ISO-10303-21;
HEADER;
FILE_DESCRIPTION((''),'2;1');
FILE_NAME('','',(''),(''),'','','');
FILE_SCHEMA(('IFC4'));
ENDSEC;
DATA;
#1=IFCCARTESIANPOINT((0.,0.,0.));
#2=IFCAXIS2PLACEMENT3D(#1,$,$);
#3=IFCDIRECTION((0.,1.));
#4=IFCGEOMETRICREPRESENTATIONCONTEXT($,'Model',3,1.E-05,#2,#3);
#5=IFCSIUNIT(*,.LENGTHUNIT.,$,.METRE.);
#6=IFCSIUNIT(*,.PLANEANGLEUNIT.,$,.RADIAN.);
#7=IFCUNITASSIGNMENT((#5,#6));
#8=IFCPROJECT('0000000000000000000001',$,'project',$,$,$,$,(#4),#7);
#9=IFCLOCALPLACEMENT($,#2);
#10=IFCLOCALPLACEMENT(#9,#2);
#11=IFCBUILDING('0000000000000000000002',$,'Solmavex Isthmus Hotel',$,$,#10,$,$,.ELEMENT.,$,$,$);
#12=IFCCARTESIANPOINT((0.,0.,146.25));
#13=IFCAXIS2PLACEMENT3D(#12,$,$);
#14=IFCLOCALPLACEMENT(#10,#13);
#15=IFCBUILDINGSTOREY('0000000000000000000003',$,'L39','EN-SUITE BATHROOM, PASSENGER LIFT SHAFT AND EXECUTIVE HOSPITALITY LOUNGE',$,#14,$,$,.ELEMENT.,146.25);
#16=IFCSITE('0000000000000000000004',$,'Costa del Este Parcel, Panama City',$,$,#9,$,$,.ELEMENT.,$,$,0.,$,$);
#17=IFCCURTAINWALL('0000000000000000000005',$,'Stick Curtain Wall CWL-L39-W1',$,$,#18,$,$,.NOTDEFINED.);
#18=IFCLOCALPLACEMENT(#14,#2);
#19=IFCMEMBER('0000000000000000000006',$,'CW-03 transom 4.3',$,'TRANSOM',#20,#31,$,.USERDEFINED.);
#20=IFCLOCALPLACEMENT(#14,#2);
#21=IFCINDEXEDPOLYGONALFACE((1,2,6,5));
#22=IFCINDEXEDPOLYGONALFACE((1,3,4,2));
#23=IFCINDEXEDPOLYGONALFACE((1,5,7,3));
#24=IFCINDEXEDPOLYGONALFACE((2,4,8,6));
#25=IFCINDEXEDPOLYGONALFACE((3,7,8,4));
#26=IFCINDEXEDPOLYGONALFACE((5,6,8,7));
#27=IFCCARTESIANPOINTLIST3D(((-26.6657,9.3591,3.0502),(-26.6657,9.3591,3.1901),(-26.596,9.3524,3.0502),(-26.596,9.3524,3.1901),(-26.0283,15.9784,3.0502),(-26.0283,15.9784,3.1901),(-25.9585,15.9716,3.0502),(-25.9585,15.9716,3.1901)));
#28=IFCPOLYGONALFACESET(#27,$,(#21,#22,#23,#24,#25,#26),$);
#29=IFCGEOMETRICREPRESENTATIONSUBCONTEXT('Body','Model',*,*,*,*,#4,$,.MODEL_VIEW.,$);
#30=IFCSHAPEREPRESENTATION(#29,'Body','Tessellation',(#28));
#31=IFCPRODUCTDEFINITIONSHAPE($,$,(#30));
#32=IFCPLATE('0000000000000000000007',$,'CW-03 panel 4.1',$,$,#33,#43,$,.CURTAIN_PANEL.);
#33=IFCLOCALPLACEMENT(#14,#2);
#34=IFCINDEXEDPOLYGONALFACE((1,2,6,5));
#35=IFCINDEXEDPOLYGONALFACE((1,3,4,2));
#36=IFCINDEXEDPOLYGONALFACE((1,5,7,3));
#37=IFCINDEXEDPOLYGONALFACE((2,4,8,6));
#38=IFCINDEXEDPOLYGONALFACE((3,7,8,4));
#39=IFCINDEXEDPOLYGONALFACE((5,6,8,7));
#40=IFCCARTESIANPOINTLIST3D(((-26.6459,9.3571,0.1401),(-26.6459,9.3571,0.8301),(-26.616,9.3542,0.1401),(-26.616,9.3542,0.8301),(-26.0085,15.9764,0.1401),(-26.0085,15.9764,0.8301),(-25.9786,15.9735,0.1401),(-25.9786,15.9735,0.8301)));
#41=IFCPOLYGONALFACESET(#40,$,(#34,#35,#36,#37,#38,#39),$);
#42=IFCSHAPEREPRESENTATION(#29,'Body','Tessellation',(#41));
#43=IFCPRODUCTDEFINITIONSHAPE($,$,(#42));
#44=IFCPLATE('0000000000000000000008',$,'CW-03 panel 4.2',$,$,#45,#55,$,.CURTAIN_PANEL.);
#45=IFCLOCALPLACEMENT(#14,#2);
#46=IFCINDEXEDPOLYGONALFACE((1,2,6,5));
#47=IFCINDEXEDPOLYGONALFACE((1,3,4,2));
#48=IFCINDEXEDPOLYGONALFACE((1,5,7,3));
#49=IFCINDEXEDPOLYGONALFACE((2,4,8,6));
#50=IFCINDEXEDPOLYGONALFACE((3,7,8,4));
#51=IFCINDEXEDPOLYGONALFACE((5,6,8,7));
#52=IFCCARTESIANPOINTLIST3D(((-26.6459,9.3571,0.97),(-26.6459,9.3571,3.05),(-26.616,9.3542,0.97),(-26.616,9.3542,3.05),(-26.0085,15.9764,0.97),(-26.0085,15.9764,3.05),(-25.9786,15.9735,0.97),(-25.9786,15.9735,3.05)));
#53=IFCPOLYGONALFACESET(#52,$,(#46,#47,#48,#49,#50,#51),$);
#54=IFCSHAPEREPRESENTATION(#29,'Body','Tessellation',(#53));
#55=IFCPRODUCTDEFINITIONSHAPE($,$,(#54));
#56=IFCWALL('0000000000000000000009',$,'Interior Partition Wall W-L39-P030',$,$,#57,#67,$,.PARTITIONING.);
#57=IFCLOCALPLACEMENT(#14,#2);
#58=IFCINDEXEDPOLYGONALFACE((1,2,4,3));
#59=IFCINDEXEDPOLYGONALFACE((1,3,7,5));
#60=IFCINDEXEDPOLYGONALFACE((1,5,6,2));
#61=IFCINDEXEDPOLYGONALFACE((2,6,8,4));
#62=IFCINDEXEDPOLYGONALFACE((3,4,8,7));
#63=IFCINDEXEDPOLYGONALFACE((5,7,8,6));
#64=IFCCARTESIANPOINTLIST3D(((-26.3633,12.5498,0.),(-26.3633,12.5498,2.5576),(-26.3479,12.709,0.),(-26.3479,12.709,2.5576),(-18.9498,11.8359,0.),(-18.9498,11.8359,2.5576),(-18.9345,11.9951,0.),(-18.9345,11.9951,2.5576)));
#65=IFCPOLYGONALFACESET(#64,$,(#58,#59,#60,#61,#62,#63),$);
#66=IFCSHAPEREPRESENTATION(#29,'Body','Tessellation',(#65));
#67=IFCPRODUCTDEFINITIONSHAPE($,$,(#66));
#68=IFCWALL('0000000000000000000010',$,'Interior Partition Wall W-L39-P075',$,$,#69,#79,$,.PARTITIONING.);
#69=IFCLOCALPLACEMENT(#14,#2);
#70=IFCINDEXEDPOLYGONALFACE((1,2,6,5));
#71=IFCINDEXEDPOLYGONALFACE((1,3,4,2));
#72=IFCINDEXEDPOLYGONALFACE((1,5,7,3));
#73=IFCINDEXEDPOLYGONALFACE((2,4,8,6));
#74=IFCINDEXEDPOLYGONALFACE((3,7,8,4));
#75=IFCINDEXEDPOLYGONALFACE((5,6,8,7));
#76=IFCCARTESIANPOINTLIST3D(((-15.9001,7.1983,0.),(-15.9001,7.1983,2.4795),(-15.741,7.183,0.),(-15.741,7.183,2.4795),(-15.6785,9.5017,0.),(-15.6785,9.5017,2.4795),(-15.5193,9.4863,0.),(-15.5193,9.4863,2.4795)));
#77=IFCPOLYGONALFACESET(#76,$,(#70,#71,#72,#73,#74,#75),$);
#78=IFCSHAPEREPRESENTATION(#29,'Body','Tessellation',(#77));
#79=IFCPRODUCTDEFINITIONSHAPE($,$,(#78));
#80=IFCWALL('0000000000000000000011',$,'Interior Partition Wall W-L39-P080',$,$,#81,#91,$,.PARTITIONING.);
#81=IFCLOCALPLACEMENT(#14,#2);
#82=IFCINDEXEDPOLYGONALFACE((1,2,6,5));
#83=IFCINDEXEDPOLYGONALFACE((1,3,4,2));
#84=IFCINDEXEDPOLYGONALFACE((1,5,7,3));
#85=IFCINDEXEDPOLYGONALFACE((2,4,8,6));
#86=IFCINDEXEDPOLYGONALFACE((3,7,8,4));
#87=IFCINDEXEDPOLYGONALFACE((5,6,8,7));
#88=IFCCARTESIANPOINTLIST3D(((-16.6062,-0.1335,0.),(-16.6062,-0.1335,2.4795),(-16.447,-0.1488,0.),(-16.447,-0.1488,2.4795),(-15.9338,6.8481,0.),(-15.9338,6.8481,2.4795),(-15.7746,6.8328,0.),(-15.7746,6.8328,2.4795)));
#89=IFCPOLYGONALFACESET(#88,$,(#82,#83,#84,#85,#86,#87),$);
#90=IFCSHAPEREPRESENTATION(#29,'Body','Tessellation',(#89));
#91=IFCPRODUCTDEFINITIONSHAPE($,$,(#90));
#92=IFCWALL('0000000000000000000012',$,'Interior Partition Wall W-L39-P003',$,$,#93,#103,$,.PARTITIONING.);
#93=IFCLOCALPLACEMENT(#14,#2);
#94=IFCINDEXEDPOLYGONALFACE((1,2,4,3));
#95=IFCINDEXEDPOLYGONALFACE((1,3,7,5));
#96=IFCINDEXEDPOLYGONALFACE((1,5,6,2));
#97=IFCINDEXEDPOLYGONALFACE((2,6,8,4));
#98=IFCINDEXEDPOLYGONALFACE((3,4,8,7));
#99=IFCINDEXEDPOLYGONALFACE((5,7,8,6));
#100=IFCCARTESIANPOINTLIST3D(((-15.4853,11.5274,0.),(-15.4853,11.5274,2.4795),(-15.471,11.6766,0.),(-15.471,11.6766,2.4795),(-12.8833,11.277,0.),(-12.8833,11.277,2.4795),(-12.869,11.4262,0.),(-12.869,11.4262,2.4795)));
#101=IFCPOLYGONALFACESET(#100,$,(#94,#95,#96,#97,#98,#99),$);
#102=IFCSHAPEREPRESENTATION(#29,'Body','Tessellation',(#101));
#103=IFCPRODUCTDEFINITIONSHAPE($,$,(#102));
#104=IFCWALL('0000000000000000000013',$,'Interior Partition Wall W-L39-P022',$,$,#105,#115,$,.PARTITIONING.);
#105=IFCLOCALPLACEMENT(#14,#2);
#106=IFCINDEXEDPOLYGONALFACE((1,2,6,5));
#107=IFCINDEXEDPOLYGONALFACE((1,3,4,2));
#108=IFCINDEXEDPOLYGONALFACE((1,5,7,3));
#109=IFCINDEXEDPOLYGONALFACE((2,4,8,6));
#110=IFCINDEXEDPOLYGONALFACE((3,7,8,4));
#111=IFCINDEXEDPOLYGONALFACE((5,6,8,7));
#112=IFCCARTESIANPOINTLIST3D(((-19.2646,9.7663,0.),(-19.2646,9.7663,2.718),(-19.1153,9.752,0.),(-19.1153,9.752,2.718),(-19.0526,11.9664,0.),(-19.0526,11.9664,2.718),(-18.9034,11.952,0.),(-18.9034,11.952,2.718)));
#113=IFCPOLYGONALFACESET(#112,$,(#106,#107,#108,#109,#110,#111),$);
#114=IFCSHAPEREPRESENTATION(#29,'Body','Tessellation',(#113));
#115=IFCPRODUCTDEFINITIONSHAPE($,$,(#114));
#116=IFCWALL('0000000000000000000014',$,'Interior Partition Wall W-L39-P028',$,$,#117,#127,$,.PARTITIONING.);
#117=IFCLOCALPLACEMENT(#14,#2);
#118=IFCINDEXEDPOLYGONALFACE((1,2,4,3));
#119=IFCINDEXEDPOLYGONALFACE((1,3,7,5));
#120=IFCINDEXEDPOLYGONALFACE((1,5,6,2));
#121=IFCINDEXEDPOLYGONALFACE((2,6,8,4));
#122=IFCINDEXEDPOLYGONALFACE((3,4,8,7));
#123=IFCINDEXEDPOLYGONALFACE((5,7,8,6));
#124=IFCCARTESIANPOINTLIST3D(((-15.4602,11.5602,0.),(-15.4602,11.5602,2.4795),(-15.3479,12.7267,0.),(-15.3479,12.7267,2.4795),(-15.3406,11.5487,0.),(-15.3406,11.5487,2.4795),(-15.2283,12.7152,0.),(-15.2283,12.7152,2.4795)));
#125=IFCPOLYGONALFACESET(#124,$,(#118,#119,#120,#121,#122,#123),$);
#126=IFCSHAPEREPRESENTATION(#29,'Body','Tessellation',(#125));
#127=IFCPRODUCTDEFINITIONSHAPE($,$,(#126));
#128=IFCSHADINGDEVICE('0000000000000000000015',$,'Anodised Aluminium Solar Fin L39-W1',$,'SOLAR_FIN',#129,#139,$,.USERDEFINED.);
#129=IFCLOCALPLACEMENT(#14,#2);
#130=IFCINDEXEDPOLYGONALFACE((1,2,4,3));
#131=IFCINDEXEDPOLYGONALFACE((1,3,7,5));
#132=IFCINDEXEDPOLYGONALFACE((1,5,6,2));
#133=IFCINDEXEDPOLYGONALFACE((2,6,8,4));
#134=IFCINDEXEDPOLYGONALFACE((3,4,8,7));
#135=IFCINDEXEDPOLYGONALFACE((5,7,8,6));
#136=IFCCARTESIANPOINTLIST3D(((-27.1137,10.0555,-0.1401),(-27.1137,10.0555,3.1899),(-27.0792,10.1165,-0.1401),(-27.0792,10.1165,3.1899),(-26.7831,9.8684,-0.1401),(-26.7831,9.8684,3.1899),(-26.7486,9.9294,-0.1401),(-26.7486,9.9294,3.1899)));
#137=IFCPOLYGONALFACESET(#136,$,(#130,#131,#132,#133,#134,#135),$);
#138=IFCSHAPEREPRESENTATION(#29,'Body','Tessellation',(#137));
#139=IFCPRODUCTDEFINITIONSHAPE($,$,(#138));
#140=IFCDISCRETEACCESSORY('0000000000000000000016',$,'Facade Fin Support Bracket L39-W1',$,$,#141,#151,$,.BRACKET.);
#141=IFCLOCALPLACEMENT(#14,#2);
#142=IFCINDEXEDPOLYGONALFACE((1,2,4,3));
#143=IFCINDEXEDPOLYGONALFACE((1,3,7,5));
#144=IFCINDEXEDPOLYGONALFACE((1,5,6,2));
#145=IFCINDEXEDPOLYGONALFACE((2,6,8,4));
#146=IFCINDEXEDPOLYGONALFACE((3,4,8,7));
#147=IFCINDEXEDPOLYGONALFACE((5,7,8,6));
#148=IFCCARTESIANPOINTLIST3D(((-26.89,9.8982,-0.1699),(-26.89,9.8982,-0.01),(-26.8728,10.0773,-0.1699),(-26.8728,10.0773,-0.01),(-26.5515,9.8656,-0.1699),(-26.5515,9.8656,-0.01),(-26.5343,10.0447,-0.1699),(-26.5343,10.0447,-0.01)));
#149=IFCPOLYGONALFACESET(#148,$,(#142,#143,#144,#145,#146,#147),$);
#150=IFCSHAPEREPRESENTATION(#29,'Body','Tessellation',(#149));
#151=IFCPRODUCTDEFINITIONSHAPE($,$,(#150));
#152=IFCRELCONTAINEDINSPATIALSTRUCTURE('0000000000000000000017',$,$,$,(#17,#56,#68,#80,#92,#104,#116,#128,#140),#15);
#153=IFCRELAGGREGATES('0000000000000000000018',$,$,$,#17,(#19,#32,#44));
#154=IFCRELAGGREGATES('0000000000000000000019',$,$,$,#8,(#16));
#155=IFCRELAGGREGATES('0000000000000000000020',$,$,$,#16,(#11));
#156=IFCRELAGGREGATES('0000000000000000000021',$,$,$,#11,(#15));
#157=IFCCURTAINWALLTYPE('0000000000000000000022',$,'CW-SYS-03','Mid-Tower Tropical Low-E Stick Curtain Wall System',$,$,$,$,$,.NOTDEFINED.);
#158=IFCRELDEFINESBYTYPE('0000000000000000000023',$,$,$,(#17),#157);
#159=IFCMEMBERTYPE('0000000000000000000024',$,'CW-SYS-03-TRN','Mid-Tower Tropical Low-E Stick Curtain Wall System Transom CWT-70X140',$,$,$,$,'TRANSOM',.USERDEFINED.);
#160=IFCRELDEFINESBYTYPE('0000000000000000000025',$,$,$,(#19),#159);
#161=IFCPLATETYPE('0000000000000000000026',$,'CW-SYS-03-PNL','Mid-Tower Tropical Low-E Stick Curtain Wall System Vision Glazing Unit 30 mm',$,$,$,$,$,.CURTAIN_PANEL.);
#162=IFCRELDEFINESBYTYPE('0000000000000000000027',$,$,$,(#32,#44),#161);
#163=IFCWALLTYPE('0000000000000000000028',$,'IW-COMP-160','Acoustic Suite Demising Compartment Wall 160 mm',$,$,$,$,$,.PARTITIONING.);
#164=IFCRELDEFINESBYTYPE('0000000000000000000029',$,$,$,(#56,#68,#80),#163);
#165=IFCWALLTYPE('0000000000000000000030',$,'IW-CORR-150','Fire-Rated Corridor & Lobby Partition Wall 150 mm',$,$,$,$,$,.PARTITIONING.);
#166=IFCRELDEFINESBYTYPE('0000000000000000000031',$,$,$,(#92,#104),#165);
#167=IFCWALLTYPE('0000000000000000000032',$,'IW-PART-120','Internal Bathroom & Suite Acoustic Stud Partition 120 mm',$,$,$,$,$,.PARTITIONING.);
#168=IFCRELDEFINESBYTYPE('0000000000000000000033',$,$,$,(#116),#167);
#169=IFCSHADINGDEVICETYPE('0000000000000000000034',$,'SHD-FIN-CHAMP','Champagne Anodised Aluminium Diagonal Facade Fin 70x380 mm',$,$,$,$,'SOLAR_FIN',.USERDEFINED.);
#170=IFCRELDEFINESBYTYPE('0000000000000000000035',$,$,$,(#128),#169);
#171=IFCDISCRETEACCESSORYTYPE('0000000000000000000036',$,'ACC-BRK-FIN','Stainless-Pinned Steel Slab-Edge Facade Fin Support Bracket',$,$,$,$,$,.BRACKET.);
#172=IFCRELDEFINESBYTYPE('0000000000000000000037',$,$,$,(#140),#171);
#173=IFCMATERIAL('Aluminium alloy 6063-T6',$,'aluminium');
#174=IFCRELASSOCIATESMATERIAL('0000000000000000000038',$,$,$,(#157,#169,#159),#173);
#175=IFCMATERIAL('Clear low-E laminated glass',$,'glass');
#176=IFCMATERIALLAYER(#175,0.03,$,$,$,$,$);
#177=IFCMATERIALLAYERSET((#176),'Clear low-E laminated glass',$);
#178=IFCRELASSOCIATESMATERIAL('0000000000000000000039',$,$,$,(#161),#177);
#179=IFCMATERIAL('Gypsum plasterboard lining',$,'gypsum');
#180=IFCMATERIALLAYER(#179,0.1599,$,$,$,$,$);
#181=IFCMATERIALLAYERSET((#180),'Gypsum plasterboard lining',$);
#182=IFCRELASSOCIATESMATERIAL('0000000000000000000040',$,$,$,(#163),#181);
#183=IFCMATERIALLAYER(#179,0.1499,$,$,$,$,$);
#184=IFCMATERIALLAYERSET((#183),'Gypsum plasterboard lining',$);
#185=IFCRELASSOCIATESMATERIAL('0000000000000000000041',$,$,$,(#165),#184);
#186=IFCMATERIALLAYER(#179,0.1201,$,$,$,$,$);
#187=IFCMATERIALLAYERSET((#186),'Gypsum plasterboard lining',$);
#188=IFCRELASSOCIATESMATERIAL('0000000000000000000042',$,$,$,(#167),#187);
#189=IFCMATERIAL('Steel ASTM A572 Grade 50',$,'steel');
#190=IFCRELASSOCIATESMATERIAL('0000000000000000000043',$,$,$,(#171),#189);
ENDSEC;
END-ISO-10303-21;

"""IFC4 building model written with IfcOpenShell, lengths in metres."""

from ifc_helpers import new_model, si_unit, direction, frame, frame_2d, origin, origin_2d, place, context, subcontext, project, spatial, rectangle, extrude, material, layer, layer_set, material_profile, profile_set, type_object, element, aggregate, save


model = new_model("IFC4")

# Units and contexts
model_context = context("Model", 3, precision=1e-05, world=origin(), true_north=direction((0.0, 1.0)))
body_context = subcontext(model_context, "Body", "Model", "MODEL_VIEW")
ifc_project = project(units=[si_unit("LENGTHUNIT", "METRE"), si_unit("PLANEANGLEUNIT", "RADIAN")], contexts=[model_context])

# Site, building, storey
site_placement = place(None, origin())
site = spatial("IfcSite", under=ifc_project, at=site_placement, Name="Costa del Este Parcel, Panama City", CompositionType="ELEMENT", RefElevation=0.0)
building_placement = place(site_placement, origin())
building = spatial("IfcBuilding", under=site, at=building_placement, Name="Solmavex Isthmus Hotel", CompositionType="ELEMENT")
storey_placement = place(building_placement, frame((0.0, 0.0, 146.25)))
storey = spatial("IfcBuildingStorey", under=building, at=storey_placement, Name="L39", Description="EN-SUITE BATHROOM, PASSENGER LIFT SHAFT AND EXECUTIVE HOSPITALITY LOUNGE", CompositionType="ELEMENT", Elevation=146.25)

# Curtain wall, member, plates
ifc_material_1 = material(Name="Aluminium alloy 6063-T6", Category="aluminium")
curtain_wall_type = type_object("IfcCurtainWallType", Name="CW-SYS-03", Description="Mid-Tower Tropical Low-E Stick Curtain Wall System", PredefinedType="NOTDEFINED", material=ifc_material_1)
curtain_wall_placement = place(storey_placement, origin())
curtain_wall = element("IfcCurtainWall", 1, at=curtain_wall_placement, inside=storey, type_object=curtain_wall_type, Name="Stick Curtain Wall CWL-L39-W1", PredefinedType="NOTDEFINED")
ifc_material_profile_1 = material_profile(ifc_material_1, rectangle(XDim=0.0701, YDim=0.1399, at=origin_2d()), Name="CWT-70X140")
ifc_profile_set_1 = profile_set([ifc_material_profile_1], Name="Aluminium alloy 6063-T6")
member_type_1 = type_object("IfcMemberType", Name="CW-SYS-03-TRN", Description="Mid-Tower Tropical Low-E Stick Curtain Wall System Transom CWT-70X140", ElementType="TRANSOM", PredefinedType="USERDEFINED", material=ifc_profile_set_1)
member_1_placement = place(storey_placement, frame((-26.6309, 9.3557, 3.1201), z_axis=(0.095857, 0.995395, 0.0), x_axis=(-0.995395, 0.095857, 0.0)))
member_1 = element("IfcMember", 2, at=member_1_placement, type_object=member_type_1, Name="CW-03 transom 4.3", ObjectType="TRANSOM", PredefinedType="USERDEFINED", context=body_context, shape_type="SweptSolid", body=[
    extrude(rectangle(XDim=0.0701, YDim=0.1399, at=origin_2d()), origin(), (0.0, 0.0, 1.0), 6.6499),
])
ifc_material_2 = material(Name="Clear low-E laminated glass", Category="glass")
ifc_layer_1 = layer(ifc_material_2, 0.03)
ifc_layer_set_1 = layer_set([ifc_layer_1], Name="Clear low-E laminated glass")
plate_type = type_object("IfcPlateType", Name="CW-SYS-03-PNL", Description="Mid-Tower Tropical Low-E Stick Curtain Wall System Vision Glazing Unit 30 mm", PredefinedType="CURTAIN_PANEL", material=ifc_layer_set_1)
plate_1_placement = place(storey_placement, frame((-26.3123, 12.6653, 0.1401), z_axis=(0.0, 0.0, 1.0), x_axis=(0.095846, 0.995396, 0.0)))
plate_1 = element("IfcPlate", 3, at=plate_1_placement, type_object=plate_type, Name="CW-03 panel 4.1", PredefinedType="CURTAIN_PANEL", context=body_context, shape_type="SweptSolid", body=[
    extrude(rectangle(XDim=6.6499, YDim=0.03, at=origin_2d()), origin(), (0.0, 0.0, 1.0), 0.6899),
])
plate_2_placement = place(storey_placement, frame((-26.3123, 12.6653, 0.97), z_axis=(0.0, 0.0, 1.0), x_axis=(0.095846, 0.995396, 0.0)))
plate_2 = element("IfcPlate", 4, at=plate_2_placement, type_object=plate_type, Name="CW-03 panel 4.2", PredefinedType="CURTAIN_PANEL", context=body_context, shape_type="SweptSolid", body=[
    extrude(rectangle(XDim=6.6499, YDim=0.03, at=origin_2d()), origin(), (0.0, 0.0, 1.0), 2.0801),
])
aggregate(curtain_wall, [member_1, plate_1, plate_2])

# Walls
ifc_material_3 = material(Name="Gypsum plasterboard lining", Category="gypsum")
ifc_layer_2 = layer(ifc_material_3, 0.1599)
ifc_layer_set_2 = layer_set([ifc_layer_2], Name="Gypsum plasterboard lining")
wall_type_1 = type_object("IfcWallType", Name="IW-COMP-160", Description="Acoustic Suite Demising Compartment Wall 160 mm", PredefinedType="PARTITIONING", material=ifc_layer_set_2)
wall_1_placement = place(storey_placement, frame((-18.9421, 11.9155, 0.0), z_axis=(0.0, 0.0, 1.0), x_axis=(-0.995396, 0.095849, 0.0)))
element("IfcWall", 5, at=wall_1_placement, inside=storey, type_object=wall_type_1, Name="Interior Partition Wall W-L39-P030", PredefinedType="PARTITIONING", context=body_context, shape_type="SweptSolid", body=[
    extrude(rectangle(XDim=7.4478, YDim=0.1599, at=frame_2d((3.7239, 0.0))), origin(), (0.0, 0.0, 1.0), 2.5576),
])
wall_2_placement = place(storey_placement, frame((-15.8206, 7.1907, 0.0), z_axis=(0.0, 0.0, 1.0), x_axis=(0.095805, 0.9954, 0.0)))
element("IfcWall", 6, at=wall_2_placement, inside=storey, type_object=wall_type_1, Name="Interior Partition Wall W-L39-P075", PredefinedType="PARTITIONING", context=body_context, shape_type="SweptSolid", body=[
    extrude(rectangle(XDim=2.314, YDim=0.1599, at=frame_2d((1.157, 0.0))), origin(), (0.0, 0.0, 1.0), 2.4795),
])
wall_3_placement = place(storey_placement, frame((-15.8542, 6.8403, 0.0), z_axis=(0.0, 0.0, 1.0), x_axis=(-0.09586, -0.995395, 0.0)))
element("IfcWall", 7, at=wall_3_placement, inside=storey, type_object=wall_type_1, Name="Interior Partition Wall W-L39-P080", PredefinedType="PARTITIONING", context=body_context, shape_type="SweptSolid", body=[
    extrude(rectangle(XDim=7.0139, YDim=0.1599, at=frame_2d((3.5068, 0.0))), origin(), (0.0, 0.0, 1.0), 2.4795),
])

# Shared definitions
ifc_layer_3 = layer(ifc_material_3, 0.1499)
ifc_layer_set_3 = layer_set([ifc_layer_3], Name="Gypsum plasterboard lining")
wall_type_2 = type_object("IfcWallType", Name="IW-CORR-150", Description="Fire-Rated Corridor & Lobby Partition Wall 150 mm", PredefinedType="PARTITIONING", material=ifc_layer_set_3)

# Wall
wall_4_placement = place(storey_placement, frame((-15.4783, 11.6021, 0.0), z_axis=(0.0, 0.0, 1.0), x_axis=(0.995398, -0.095823, 0.0)))
element("IfcWall", 8, at=wall_4_placement, inside=storey, type_object=wall_type_2, Name="Interior Partition Wall W-L39-P003", PredefinedType="PARTITIONING", context=body_context, shape_type="SweptSolid", body=[
    extrude(rectangle(XDim=2.614, YDim=0.1499, at=frame_2d((1.3071, 0.0))), origin(), (0.0, 0.0, 1.0), 2.4795),
])

# Walls
wall_5_placement = place(storey_placement, frame((-19.1899, 9.7593, 0.0), z_axis=(0.0, 0.0, 1.0), x_axis=(0.095883, 0.995393, 0.0)))
element("IfcWall", 9, at=wall_5_placement, inside=storey, type_object=wall_type_2, Name="Interior Partition Wall W-L39-P022", PredefinedType="PARTITIONING", context=body_context, shape_type="SweptSolid", body=[
    extrude(rectangle(XDim=2.2102, YDim=0.1499, at=frame_2d((1.105, 0.0))), origin(), (0.0, 0.0, 1.0), 2.718),
])
ifc_layer_4 = layer(ifc_material_3, 0.1201)
ifc_layer_set_4 = layer_set([ifc_layer_4], Name="Gypsum plasterboard lining")
wall_type_3 = type_object("IfcWallType", Name="IW-PART-120", Description="Internal Bathroom & Suite Acoustic Stud Partition 120 mm", PredefinedType="PARTITIONING", material=ifc_layer_set_4)
wall_6_placement = place(storey_placement, frame((-15.2881, 12.7209, 0.0), z_axis=(0.0, 0.0, 1.0), x_axis=(-0.095831, -0.995398, 0.0)))
element("IfcWall", 10, at=wall_6_placement, inside=storey, type_object=wall_type_3, Name="Interior Partition Wall W-L39-P028", PredefinedType="PARTITIONING", context=body_context, shape_type="SweptSolid", body=[
    extrude(rectangle(XDim=1.1719, YDim=0.1201, at=frame_2d((0.5859, 0.0))), origin(), (0.0, 0.0, 1.0), 2.4795),
])

# Shading device
shading_device_type = type_object("IfcShadingDeviceType", Name="SHD-FIN-CHAMP", Description="Champagne Anodised Aluminium Diagonal Facade Fin 70x380 mm", ElementType="SOLAR_FIN", PredefinedType="USERDEFINED", material=ifc_material_1)
shading_device_placement = place(storey_placement, frame((-26.9312, 9.9924, -0.1401), z_axis=(0.0, 0.0, 1.0), x_axis=(-0.870356, 0.492424, 0.0)))
element("IfcShadingDevice", 11, at=shading_device_placement, inside=storey, type_object=shading_device_type, Name="Anodised Aluminium Solar Fin L39-W1", ObjectType="SOLAR_FIN", PredefinedType="USERDEFINED", context=body_context, shape_type="SweptSolid", body=[
    extrude(rectangle(XDim=0.3799, YDim=0.0701, at=origin_2d()), origin(), (0.0, 0.0, 1.0), 3.3301),
])

# Discrete accessory
ifc_material_4 = material(Name="Steel ASTM A572 Grade 50", Category="steel")
discrete_accessory_type = type_object("IfcDiscreteAccessoryType", Name="ACC-BRK-FIN", Description="Stainless-Pinned Steel Slab-Edge Facade Fin Support Bracket", PredefinedType="BRACKET", material=ifc_material_4)
discrete_accessory_placement = place(storey_placement, frame((-26.7122, 9.9714, -0.1699), z_axis=(0.0, 0.0, 1.0), x_axis=(-0.995396, 0.095846, 0.0)))
element("IfcDiscreteAccessory", 12, at=discrete_accessory_placement, inside=storey, type_object=discrete_accessory_type, Name="Facade Fin Support Bracket L39-W1", PredefinedType="BRACKET", context=body_context, shape_type="SweptSolid", body=[
    extrude(rectangle(XDim=0.3401, YDim=0.1799, at=origin_2d()), origin(), (0.0, 0.0, 1.0), 0.1599),
])

save(model, "model.ifc")
